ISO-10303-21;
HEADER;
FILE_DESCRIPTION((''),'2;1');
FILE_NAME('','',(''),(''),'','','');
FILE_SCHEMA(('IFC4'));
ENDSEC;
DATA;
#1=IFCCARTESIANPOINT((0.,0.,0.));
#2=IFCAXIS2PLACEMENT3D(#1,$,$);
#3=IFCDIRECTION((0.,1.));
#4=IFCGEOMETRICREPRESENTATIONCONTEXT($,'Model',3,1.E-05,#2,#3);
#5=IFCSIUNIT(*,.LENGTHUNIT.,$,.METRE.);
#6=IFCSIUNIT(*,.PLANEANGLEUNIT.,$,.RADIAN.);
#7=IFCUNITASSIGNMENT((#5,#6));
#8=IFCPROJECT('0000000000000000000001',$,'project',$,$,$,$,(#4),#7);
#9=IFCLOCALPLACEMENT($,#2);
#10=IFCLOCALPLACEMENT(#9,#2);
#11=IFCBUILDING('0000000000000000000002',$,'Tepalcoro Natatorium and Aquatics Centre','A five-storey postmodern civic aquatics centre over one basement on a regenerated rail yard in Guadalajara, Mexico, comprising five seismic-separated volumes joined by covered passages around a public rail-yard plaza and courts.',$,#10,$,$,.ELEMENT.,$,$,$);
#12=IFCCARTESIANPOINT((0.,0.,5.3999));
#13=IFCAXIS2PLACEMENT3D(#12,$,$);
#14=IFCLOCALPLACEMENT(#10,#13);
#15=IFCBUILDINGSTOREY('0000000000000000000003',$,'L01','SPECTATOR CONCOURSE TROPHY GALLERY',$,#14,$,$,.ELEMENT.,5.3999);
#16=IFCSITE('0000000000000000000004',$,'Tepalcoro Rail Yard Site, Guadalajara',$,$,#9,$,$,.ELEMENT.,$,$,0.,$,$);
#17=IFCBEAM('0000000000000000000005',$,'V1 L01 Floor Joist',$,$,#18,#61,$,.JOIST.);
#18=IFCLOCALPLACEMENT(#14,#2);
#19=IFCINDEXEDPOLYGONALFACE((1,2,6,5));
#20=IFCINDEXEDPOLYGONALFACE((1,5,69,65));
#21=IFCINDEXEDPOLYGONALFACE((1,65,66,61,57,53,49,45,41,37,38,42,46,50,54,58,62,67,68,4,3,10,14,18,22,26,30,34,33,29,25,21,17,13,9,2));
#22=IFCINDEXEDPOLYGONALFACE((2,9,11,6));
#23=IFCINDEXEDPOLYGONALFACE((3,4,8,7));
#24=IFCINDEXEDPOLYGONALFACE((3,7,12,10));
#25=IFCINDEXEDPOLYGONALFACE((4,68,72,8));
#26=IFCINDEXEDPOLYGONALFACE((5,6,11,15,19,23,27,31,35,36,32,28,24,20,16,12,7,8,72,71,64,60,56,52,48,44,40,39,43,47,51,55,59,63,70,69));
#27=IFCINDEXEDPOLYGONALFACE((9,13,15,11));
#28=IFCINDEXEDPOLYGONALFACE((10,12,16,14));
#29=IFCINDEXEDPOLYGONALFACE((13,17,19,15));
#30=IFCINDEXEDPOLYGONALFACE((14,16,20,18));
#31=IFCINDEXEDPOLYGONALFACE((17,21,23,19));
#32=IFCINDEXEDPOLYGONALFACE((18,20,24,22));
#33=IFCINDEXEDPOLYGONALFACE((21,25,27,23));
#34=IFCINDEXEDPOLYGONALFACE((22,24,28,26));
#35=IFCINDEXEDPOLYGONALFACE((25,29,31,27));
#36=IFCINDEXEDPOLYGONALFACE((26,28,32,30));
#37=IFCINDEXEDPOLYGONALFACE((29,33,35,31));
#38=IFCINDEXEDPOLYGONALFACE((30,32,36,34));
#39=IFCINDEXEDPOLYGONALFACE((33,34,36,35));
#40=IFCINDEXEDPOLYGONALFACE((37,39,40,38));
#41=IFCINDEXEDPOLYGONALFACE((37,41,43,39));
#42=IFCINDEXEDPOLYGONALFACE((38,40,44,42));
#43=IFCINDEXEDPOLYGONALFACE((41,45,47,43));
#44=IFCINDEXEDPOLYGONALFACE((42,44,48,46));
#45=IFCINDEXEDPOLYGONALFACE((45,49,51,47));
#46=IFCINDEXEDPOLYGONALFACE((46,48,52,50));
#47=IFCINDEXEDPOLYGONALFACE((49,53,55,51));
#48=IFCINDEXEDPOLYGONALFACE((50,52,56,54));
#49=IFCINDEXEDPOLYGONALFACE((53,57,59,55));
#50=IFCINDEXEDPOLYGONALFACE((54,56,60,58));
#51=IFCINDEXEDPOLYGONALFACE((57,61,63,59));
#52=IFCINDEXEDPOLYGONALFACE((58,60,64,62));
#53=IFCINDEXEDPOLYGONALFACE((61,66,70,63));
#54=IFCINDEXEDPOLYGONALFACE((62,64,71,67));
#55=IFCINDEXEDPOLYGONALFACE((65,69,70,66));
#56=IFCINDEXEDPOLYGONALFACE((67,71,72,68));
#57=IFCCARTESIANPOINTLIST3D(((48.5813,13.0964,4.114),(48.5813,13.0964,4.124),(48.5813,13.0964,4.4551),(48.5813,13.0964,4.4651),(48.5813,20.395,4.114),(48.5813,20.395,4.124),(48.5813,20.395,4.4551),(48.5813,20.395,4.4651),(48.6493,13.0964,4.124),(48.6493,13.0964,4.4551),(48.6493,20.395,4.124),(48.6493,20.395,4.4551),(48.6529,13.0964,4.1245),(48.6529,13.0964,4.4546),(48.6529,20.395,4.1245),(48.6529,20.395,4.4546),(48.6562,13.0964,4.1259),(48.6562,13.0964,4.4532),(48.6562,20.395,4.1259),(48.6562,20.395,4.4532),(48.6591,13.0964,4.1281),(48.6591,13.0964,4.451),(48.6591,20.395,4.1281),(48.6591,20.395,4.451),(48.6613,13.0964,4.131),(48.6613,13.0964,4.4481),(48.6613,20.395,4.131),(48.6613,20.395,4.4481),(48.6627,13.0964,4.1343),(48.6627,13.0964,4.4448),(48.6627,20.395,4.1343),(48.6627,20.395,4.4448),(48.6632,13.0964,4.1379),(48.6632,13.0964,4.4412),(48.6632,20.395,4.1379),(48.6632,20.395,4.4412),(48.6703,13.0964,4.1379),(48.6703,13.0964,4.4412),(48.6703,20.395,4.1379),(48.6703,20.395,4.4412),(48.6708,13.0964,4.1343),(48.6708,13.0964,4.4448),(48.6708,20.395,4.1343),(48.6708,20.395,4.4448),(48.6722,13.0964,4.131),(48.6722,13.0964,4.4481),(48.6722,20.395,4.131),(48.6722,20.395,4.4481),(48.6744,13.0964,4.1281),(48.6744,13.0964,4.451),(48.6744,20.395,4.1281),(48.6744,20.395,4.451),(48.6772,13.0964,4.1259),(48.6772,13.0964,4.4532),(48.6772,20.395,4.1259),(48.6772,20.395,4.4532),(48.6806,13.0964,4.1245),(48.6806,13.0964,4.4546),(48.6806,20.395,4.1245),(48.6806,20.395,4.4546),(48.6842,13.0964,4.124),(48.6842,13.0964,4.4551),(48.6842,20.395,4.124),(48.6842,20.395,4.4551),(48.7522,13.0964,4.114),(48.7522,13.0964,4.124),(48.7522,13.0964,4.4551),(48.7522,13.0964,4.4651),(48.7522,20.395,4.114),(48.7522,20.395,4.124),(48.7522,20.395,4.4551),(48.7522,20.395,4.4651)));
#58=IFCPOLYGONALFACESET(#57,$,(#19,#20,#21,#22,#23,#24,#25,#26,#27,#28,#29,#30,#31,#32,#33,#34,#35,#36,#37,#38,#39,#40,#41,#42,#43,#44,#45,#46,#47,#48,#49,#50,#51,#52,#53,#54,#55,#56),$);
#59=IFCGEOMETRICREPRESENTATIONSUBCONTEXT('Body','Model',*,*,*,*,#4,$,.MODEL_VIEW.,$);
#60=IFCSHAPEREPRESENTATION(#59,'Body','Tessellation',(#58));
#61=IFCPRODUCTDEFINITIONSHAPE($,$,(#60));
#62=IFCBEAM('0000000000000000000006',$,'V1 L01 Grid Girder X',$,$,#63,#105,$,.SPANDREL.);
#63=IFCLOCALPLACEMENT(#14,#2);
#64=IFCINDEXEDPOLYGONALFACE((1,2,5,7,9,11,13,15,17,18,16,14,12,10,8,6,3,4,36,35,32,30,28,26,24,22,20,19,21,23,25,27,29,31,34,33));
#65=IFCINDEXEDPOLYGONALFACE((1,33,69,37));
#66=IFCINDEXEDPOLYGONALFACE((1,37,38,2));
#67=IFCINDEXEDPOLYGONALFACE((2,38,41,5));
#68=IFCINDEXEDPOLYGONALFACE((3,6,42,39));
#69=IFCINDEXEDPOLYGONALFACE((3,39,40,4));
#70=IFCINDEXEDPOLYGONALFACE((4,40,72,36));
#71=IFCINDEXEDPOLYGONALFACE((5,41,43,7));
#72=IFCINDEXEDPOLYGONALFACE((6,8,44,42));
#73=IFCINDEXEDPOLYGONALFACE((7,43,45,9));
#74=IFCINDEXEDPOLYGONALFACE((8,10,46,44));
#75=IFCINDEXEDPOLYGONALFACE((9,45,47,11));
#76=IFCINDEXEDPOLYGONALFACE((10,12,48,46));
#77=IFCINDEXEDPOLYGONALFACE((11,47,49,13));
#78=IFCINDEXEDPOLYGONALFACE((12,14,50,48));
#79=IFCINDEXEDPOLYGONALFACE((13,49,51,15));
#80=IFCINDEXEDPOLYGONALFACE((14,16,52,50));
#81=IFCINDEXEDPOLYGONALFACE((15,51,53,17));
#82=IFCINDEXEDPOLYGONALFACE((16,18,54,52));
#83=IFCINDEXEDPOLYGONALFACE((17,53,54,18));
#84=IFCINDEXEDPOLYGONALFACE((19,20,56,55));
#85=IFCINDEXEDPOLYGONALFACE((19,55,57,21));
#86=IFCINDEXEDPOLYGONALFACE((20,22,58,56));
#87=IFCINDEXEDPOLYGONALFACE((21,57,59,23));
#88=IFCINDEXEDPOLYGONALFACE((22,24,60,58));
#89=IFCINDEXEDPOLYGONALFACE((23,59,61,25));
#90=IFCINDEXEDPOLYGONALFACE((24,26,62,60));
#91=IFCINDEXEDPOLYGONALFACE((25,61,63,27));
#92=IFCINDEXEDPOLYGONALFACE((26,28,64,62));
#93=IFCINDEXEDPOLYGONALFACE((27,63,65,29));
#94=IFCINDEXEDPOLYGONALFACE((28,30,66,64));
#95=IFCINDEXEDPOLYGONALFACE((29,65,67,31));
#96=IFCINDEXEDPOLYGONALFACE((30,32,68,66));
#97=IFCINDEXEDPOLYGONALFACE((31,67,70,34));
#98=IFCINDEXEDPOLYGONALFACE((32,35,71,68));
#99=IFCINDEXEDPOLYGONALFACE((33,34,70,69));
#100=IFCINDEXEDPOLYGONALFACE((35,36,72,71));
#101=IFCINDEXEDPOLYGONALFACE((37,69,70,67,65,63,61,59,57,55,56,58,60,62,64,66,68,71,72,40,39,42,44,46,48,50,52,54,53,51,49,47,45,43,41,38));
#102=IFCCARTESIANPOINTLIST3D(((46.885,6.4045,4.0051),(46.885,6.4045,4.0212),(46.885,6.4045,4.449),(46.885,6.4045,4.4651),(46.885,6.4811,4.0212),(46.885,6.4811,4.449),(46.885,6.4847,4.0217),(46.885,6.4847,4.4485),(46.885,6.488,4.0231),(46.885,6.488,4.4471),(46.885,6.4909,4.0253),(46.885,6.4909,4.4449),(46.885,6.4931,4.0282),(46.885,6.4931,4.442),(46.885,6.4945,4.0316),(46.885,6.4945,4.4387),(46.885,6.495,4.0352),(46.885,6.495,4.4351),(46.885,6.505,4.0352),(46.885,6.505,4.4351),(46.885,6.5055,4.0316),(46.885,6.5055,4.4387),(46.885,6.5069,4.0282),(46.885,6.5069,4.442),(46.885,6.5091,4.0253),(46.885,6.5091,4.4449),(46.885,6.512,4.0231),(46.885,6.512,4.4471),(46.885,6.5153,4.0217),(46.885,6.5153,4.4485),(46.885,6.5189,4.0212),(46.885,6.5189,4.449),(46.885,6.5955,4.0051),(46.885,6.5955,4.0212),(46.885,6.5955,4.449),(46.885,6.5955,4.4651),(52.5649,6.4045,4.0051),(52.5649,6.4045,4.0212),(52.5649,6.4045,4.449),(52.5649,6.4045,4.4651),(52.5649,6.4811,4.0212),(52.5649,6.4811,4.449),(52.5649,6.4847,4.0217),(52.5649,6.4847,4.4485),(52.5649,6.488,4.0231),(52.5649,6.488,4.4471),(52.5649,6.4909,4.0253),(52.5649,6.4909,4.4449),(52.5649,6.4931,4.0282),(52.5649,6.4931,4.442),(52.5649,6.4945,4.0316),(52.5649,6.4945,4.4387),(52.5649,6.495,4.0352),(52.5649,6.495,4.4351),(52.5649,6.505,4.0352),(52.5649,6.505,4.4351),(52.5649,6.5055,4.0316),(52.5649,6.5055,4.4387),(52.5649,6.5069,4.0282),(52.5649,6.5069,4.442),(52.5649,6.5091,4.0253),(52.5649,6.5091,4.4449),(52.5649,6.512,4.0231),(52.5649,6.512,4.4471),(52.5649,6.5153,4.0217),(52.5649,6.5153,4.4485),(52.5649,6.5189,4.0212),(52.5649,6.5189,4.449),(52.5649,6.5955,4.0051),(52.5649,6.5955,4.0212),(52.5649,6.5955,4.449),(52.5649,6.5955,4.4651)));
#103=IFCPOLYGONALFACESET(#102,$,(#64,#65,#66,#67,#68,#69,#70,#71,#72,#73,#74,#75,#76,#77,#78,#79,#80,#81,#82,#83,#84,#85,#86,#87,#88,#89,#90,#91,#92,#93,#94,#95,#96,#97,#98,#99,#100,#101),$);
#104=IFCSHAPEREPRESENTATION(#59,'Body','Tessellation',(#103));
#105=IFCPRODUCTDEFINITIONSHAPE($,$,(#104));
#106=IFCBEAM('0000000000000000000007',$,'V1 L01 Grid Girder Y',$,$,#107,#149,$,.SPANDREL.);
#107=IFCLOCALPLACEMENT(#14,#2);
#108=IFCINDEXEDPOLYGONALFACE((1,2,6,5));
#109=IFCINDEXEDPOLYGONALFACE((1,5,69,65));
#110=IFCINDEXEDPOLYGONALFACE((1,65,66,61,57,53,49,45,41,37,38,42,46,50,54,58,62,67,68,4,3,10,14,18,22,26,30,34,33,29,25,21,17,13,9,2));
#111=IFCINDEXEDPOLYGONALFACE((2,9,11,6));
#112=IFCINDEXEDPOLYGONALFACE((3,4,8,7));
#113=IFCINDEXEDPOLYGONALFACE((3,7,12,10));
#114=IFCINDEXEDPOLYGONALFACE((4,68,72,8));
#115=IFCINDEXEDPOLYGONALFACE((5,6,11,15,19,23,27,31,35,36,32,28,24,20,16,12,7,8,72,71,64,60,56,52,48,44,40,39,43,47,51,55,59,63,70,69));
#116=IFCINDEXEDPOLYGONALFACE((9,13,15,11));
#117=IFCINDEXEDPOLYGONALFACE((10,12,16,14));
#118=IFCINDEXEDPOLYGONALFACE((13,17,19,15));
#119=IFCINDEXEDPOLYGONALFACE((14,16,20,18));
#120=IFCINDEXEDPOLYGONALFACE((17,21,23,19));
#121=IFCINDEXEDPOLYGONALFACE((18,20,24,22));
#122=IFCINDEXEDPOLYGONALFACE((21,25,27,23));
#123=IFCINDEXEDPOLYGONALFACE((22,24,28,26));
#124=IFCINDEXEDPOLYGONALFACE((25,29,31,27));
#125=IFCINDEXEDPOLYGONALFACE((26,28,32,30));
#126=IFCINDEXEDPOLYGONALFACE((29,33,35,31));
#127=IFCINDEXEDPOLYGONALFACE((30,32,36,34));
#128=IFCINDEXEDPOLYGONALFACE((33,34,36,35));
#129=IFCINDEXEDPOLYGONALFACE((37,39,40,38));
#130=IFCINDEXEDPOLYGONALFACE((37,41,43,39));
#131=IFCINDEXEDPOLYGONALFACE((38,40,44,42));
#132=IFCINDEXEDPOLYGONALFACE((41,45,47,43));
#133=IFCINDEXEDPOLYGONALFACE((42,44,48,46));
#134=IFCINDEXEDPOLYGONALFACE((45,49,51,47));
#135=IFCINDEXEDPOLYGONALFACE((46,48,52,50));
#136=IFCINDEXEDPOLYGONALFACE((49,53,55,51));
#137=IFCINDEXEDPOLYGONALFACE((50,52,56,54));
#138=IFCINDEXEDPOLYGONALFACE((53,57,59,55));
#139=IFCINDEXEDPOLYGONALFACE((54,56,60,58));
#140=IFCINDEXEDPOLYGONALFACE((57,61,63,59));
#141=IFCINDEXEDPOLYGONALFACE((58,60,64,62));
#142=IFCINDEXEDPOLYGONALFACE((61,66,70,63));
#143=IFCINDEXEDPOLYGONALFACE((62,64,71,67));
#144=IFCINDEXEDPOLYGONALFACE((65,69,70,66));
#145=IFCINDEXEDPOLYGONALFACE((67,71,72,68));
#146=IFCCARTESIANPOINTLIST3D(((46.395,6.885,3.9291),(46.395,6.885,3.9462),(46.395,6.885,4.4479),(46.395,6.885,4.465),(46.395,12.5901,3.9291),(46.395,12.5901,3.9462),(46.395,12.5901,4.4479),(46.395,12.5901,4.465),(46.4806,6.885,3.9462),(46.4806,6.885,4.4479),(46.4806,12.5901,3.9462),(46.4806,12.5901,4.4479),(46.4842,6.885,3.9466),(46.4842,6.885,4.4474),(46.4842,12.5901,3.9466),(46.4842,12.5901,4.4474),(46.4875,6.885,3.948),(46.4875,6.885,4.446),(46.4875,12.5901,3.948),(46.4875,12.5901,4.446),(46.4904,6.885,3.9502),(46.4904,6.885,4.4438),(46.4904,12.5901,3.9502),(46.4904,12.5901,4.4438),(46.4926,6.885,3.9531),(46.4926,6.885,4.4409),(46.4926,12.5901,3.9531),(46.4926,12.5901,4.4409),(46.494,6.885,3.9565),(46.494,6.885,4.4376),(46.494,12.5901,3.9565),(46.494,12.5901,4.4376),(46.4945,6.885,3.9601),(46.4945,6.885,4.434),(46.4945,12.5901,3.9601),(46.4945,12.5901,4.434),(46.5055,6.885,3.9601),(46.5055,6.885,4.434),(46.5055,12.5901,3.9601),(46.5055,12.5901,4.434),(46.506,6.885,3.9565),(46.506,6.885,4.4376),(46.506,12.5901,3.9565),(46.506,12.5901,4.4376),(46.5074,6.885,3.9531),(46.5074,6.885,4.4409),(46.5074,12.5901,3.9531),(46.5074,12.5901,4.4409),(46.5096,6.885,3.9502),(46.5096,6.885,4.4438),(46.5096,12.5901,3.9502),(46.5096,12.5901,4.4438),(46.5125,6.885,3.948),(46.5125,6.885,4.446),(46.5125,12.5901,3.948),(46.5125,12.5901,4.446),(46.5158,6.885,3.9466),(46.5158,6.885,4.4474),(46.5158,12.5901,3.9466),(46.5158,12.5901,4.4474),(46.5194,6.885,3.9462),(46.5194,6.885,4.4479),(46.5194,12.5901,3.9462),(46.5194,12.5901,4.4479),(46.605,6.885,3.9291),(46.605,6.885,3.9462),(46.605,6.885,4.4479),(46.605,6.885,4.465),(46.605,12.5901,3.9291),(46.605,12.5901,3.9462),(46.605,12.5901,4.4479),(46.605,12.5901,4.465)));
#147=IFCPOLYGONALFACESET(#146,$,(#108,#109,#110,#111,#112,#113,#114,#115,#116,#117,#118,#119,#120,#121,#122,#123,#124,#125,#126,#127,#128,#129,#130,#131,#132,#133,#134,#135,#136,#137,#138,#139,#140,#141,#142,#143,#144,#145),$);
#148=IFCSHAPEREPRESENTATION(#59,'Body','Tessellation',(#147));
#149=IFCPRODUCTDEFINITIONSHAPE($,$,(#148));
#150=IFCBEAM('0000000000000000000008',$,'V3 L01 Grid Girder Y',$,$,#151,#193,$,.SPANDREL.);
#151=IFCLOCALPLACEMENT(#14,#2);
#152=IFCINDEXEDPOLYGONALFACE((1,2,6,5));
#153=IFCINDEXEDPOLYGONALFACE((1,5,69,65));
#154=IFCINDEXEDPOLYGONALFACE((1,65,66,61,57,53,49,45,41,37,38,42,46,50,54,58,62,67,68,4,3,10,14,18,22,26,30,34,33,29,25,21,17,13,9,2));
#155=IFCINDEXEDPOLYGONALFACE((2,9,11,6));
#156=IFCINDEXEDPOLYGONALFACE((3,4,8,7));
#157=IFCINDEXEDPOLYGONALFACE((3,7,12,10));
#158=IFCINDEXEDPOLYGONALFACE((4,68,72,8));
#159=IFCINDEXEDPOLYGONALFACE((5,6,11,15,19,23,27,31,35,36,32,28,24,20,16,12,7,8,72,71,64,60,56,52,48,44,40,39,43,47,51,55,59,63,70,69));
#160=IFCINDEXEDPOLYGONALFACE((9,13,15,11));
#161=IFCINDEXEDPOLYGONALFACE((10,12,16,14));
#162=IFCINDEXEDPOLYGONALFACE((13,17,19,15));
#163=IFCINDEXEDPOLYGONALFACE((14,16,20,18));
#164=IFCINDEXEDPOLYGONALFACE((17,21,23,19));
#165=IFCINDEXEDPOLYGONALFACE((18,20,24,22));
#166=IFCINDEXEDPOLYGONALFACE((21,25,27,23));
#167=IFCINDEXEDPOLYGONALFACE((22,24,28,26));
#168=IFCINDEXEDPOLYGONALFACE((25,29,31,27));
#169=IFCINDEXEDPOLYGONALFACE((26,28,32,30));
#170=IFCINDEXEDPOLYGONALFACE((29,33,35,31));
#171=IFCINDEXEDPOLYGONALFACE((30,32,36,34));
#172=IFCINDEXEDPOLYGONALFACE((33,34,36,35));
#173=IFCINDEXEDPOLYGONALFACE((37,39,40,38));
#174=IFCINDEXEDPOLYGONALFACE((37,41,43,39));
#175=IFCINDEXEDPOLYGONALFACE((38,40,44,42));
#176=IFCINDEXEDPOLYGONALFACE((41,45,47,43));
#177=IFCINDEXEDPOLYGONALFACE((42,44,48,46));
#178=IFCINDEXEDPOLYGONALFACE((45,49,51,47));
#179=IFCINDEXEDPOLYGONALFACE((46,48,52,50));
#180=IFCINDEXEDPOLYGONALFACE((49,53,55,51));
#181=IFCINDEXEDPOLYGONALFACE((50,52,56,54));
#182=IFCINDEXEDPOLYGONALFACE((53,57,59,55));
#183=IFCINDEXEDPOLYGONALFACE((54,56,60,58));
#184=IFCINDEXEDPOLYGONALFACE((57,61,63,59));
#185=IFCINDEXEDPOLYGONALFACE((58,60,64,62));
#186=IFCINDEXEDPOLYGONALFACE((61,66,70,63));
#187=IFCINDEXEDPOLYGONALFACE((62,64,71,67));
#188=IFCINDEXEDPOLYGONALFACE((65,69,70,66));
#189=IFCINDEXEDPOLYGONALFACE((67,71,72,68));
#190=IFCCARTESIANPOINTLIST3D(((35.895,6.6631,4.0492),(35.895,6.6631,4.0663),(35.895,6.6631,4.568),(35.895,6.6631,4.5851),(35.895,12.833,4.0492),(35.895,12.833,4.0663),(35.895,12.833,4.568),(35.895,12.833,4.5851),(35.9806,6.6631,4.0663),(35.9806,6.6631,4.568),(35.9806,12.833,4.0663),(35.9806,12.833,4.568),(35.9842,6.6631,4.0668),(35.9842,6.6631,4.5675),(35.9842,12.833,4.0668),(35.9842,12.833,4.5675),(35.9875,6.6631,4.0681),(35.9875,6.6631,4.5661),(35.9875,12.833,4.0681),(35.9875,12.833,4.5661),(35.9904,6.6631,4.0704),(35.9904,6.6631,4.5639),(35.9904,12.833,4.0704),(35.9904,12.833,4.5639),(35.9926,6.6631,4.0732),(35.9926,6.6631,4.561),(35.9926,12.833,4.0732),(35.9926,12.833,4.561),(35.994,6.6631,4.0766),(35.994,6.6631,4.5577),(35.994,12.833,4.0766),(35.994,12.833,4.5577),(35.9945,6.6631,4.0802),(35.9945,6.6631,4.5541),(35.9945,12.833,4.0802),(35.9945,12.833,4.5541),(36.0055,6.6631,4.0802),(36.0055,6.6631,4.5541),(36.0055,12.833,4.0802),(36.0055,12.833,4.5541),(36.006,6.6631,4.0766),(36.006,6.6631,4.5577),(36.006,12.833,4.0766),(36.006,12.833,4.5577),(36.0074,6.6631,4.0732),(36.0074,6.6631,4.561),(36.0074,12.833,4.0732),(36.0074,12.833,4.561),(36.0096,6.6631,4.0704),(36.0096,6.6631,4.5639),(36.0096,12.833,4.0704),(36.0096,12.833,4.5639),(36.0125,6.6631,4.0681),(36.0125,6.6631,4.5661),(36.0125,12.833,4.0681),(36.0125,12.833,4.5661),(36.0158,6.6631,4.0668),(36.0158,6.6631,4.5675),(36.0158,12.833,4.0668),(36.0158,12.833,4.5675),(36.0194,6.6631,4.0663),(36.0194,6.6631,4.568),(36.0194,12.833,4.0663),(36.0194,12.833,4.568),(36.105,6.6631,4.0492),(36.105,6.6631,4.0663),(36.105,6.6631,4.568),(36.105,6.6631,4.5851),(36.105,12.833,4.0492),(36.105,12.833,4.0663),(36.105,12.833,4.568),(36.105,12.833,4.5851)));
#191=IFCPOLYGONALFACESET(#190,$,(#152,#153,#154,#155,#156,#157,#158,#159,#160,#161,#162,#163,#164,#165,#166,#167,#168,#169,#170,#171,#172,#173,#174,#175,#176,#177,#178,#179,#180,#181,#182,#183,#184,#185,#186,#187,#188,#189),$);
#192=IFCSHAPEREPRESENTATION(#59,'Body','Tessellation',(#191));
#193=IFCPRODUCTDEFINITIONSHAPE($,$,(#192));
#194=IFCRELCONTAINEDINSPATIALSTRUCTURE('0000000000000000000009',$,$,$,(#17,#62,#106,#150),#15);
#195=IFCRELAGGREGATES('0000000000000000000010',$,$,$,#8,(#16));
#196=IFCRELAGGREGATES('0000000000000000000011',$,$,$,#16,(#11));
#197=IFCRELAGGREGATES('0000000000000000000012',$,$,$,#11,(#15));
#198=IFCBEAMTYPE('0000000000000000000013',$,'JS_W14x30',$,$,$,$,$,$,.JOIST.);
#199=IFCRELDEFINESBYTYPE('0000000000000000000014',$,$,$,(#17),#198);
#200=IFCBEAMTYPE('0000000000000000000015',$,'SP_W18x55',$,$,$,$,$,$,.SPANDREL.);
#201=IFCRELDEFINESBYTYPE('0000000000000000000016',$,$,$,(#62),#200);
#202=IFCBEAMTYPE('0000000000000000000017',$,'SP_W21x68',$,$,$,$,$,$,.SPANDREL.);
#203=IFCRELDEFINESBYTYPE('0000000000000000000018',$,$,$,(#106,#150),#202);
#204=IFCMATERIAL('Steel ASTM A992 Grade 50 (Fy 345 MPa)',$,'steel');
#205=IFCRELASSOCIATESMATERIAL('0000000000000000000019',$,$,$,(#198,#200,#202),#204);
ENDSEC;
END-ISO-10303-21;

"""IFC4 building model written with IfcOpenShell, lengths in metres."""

from ifc_helpers import new_model, si_unit, direction, frame, origin, origin_2d, place, context, subcontext, project, spatial, i_section, extrude, material, material_profile, profile_set, type_object, element, save


model = new_model("IFC4")

# Units and contexts
model_context = context("Model", 3, precision=1e-05, world=origin(), true_north=direction((0.0, 1.0)))
body_context = subcontext(model_context, "Body", "Model", "MODEL_VIEW")
ifc_project = project(units=[si_unit("LENGTHUNIT", "METRE"), si_unit("PLANEANGLEUNIT", "RADIAN")], contexts=[model_context])

# Site, building, storey
site_placement = place(None, origin())
site = spatial("IfcSite", under=ifc_project, at=site_placement, Name="Tepalcoro Rail Yard Site, Guadalajara", CompositionType="ELEMENT", RefElevation=0.0)
building_placement = place(site_placement, origin())
building = spatial("IfcBuilding", under=site, at=building_placement, Name="Tepalcoro Natatorium and Aquatics Centre", Description="A five-storey postmodern civic aquatics centre over one basement on a regenerated rail yard in Guadalajara, Mexico, comprising five seismic-separated volumes joined by covered passages around a public rail-yard plaza and courts.", CompositionType="ELEMENT")
storey_placement = place(building_placement, frame((0.0, 0.0, 5.3999)))
storey = spatial("IfcBuildingStorey", under=building, at=storey_placement, Name="L01", Description="SPECTATOR CONCOURSE TROPHY GALLERY", CompositionType="ELEMENT", Elevation=5.3999)

# Shared definitions
ifc_material_1 = material(Name="Steel ASTM A992 Grade 50 (Fy 345 MPa)", Category="steel")

# Beams
ifc_material_profile_1 = material_profile(ifc_material_1, i_section(OverallWidth=0.1709, OverallDepth=0.3511, WebThickness=0.0071, FlangeThickness=0.01, FilletRadius=0.0139, at=origin_2d()), Name="W14X30")
ifc_profile_set_1 = profile_set([ifc_material_profile_1], Name="Steel ASTM A992 Grade 50 (Fy 345 MPa)")
beam_type_1 = type_object("IfcBeamType", Name="JS_W14x30", PredefinedType="JOIST", material=ifc_profile_set_1)
beam_1_placement = place(storey_placement, frame((48.6667, 13.0964, 4.2896), z_axis=(0.0, 1.0, 0.0), x_axis=(-1.0, 0.0, 0.0)))
element("IfcBeam", 1, at=beam_1_placement, inside=storey, type_object=beam_type_1, Name="V1 L01 Floor Joist", PredefinedType="JOIST", context=body_context, shape_type="SweptSolid", body=[
    extrude(i_section(OverallWidth=0.1709, OverallDepth=0.3511, WebThickness=0.0071, FlangeThickness=0.01, FilletRadius=0.0139, at=origin_2d()), origin(), (0.0, 0.0, 1.0), 7.2986),
])
ifc_material_profile_2 = material_profile(ifc_material_1, i_section(OverallWidth=0.1909, OverallDepth=0.46, WebThickness=0.01, FlangeThickness=0.0161, FilletRadius=0.0139, at=origin_2d()), Name="W18X55")
ifc_profile_set_2 = profile_set([ifc_material_profile_2], Name="Steel ASTM A992 Grade 50 (Fy 345 MPa)")
beam_type_2 = type_object("IfcBeamType", Name="SP_W18x55", PredefinedType="SPANDREL", material=ifc_profile_set_2)
beam_2_placement = place(storey_placement, frame((46.885, 6.5, 4.2351), z_axis=(1.0, 0.0, 0.0), x_axis=(0.0, 1.0, 0.0)))
element("IfcBeam", 2, at=beam_2_placement, inside=storey, type_object=beam_type_2, Name="V1 L01 Grid Girder X", PredefinedType="SPANDREL", context=body_context, shape_type="SweptSolid", body=[
    extrude(i_section(OverallWidth=0.1909, OverallDepth=0.46, WebThickness=0.01, FlangeThickness=0.0161, FilletRadius=0.0139, at=origin_2d()), origin(), (0.0, 0.0, 1.0), 5.6799),
])
ifc_material_profile_3 = material_profile(ifc_material_1, i_section(OverallWidth=0.21, OverallDepth=0.5359, WebThickness=0.011, FlangeThickness=0.0171, FilletRadius=0.0139, at=origin_2d()), Name="W21X68")
ifc_profile_set_3 = profile_set([ifc_material_profile_3], Name="Steel ASTM A992 Grade 50 (Fy 345 MPa)")
beam_type_3 = type_object("IfcBeamType", Name="SP_W21x68", PredefinedType="SPANDREL", material=ifc_profile_set_3)
beam_3_placement = place(storey_placement, frame((46.5, 6.885, 4.197), z_axis=(0.0, 1.0, 0.0), x_axis=(-1.0, 0.0, 0.0)))
element("IfcBeam", 3, at=beam_3_placement, inside=storey, type_object=beam_type_3, Name="V1 L01 Grid Girder Y", PredefinedType="SPANDREL", context=body_context, shape_type="SweptSolid", body=[
    extrude(i_section(OverallWidth=0.21, OverallDepth=0.5359, WebThickness=0.011, FlangeThickness=0.0171, FilletRadius=0.0139, at=origin_2d()), origin(), (0.0, 0.0, 1.0), 5.7051),
])
beam_4_placement = place(storey_placement, frame((36.0, 6.6631, 4.3171), z_axis=(0.0, 1.0, 0.0), x_axis=(-1.0, 0.0, 0.0)))
element("IfcBeam", 4, at=beam_4_placement, inside=storey, type_object=beam_type_3, Name="V3 L01 Grid Girder Y", PredefinedType="SPANDREL", context=body_context, shape_type="SweptSolid", body=[
    extrude(i_section(OverallWidth=0.21, OverallDepth=0.5359, WebThickness=0.011, FlangeThickness=0.0171, FilletRadius=0.0139, at=origin_2d()), origin(), (0.0, 0.0, 1.0), 6.1699),
])

save(model, "model.ifc")
